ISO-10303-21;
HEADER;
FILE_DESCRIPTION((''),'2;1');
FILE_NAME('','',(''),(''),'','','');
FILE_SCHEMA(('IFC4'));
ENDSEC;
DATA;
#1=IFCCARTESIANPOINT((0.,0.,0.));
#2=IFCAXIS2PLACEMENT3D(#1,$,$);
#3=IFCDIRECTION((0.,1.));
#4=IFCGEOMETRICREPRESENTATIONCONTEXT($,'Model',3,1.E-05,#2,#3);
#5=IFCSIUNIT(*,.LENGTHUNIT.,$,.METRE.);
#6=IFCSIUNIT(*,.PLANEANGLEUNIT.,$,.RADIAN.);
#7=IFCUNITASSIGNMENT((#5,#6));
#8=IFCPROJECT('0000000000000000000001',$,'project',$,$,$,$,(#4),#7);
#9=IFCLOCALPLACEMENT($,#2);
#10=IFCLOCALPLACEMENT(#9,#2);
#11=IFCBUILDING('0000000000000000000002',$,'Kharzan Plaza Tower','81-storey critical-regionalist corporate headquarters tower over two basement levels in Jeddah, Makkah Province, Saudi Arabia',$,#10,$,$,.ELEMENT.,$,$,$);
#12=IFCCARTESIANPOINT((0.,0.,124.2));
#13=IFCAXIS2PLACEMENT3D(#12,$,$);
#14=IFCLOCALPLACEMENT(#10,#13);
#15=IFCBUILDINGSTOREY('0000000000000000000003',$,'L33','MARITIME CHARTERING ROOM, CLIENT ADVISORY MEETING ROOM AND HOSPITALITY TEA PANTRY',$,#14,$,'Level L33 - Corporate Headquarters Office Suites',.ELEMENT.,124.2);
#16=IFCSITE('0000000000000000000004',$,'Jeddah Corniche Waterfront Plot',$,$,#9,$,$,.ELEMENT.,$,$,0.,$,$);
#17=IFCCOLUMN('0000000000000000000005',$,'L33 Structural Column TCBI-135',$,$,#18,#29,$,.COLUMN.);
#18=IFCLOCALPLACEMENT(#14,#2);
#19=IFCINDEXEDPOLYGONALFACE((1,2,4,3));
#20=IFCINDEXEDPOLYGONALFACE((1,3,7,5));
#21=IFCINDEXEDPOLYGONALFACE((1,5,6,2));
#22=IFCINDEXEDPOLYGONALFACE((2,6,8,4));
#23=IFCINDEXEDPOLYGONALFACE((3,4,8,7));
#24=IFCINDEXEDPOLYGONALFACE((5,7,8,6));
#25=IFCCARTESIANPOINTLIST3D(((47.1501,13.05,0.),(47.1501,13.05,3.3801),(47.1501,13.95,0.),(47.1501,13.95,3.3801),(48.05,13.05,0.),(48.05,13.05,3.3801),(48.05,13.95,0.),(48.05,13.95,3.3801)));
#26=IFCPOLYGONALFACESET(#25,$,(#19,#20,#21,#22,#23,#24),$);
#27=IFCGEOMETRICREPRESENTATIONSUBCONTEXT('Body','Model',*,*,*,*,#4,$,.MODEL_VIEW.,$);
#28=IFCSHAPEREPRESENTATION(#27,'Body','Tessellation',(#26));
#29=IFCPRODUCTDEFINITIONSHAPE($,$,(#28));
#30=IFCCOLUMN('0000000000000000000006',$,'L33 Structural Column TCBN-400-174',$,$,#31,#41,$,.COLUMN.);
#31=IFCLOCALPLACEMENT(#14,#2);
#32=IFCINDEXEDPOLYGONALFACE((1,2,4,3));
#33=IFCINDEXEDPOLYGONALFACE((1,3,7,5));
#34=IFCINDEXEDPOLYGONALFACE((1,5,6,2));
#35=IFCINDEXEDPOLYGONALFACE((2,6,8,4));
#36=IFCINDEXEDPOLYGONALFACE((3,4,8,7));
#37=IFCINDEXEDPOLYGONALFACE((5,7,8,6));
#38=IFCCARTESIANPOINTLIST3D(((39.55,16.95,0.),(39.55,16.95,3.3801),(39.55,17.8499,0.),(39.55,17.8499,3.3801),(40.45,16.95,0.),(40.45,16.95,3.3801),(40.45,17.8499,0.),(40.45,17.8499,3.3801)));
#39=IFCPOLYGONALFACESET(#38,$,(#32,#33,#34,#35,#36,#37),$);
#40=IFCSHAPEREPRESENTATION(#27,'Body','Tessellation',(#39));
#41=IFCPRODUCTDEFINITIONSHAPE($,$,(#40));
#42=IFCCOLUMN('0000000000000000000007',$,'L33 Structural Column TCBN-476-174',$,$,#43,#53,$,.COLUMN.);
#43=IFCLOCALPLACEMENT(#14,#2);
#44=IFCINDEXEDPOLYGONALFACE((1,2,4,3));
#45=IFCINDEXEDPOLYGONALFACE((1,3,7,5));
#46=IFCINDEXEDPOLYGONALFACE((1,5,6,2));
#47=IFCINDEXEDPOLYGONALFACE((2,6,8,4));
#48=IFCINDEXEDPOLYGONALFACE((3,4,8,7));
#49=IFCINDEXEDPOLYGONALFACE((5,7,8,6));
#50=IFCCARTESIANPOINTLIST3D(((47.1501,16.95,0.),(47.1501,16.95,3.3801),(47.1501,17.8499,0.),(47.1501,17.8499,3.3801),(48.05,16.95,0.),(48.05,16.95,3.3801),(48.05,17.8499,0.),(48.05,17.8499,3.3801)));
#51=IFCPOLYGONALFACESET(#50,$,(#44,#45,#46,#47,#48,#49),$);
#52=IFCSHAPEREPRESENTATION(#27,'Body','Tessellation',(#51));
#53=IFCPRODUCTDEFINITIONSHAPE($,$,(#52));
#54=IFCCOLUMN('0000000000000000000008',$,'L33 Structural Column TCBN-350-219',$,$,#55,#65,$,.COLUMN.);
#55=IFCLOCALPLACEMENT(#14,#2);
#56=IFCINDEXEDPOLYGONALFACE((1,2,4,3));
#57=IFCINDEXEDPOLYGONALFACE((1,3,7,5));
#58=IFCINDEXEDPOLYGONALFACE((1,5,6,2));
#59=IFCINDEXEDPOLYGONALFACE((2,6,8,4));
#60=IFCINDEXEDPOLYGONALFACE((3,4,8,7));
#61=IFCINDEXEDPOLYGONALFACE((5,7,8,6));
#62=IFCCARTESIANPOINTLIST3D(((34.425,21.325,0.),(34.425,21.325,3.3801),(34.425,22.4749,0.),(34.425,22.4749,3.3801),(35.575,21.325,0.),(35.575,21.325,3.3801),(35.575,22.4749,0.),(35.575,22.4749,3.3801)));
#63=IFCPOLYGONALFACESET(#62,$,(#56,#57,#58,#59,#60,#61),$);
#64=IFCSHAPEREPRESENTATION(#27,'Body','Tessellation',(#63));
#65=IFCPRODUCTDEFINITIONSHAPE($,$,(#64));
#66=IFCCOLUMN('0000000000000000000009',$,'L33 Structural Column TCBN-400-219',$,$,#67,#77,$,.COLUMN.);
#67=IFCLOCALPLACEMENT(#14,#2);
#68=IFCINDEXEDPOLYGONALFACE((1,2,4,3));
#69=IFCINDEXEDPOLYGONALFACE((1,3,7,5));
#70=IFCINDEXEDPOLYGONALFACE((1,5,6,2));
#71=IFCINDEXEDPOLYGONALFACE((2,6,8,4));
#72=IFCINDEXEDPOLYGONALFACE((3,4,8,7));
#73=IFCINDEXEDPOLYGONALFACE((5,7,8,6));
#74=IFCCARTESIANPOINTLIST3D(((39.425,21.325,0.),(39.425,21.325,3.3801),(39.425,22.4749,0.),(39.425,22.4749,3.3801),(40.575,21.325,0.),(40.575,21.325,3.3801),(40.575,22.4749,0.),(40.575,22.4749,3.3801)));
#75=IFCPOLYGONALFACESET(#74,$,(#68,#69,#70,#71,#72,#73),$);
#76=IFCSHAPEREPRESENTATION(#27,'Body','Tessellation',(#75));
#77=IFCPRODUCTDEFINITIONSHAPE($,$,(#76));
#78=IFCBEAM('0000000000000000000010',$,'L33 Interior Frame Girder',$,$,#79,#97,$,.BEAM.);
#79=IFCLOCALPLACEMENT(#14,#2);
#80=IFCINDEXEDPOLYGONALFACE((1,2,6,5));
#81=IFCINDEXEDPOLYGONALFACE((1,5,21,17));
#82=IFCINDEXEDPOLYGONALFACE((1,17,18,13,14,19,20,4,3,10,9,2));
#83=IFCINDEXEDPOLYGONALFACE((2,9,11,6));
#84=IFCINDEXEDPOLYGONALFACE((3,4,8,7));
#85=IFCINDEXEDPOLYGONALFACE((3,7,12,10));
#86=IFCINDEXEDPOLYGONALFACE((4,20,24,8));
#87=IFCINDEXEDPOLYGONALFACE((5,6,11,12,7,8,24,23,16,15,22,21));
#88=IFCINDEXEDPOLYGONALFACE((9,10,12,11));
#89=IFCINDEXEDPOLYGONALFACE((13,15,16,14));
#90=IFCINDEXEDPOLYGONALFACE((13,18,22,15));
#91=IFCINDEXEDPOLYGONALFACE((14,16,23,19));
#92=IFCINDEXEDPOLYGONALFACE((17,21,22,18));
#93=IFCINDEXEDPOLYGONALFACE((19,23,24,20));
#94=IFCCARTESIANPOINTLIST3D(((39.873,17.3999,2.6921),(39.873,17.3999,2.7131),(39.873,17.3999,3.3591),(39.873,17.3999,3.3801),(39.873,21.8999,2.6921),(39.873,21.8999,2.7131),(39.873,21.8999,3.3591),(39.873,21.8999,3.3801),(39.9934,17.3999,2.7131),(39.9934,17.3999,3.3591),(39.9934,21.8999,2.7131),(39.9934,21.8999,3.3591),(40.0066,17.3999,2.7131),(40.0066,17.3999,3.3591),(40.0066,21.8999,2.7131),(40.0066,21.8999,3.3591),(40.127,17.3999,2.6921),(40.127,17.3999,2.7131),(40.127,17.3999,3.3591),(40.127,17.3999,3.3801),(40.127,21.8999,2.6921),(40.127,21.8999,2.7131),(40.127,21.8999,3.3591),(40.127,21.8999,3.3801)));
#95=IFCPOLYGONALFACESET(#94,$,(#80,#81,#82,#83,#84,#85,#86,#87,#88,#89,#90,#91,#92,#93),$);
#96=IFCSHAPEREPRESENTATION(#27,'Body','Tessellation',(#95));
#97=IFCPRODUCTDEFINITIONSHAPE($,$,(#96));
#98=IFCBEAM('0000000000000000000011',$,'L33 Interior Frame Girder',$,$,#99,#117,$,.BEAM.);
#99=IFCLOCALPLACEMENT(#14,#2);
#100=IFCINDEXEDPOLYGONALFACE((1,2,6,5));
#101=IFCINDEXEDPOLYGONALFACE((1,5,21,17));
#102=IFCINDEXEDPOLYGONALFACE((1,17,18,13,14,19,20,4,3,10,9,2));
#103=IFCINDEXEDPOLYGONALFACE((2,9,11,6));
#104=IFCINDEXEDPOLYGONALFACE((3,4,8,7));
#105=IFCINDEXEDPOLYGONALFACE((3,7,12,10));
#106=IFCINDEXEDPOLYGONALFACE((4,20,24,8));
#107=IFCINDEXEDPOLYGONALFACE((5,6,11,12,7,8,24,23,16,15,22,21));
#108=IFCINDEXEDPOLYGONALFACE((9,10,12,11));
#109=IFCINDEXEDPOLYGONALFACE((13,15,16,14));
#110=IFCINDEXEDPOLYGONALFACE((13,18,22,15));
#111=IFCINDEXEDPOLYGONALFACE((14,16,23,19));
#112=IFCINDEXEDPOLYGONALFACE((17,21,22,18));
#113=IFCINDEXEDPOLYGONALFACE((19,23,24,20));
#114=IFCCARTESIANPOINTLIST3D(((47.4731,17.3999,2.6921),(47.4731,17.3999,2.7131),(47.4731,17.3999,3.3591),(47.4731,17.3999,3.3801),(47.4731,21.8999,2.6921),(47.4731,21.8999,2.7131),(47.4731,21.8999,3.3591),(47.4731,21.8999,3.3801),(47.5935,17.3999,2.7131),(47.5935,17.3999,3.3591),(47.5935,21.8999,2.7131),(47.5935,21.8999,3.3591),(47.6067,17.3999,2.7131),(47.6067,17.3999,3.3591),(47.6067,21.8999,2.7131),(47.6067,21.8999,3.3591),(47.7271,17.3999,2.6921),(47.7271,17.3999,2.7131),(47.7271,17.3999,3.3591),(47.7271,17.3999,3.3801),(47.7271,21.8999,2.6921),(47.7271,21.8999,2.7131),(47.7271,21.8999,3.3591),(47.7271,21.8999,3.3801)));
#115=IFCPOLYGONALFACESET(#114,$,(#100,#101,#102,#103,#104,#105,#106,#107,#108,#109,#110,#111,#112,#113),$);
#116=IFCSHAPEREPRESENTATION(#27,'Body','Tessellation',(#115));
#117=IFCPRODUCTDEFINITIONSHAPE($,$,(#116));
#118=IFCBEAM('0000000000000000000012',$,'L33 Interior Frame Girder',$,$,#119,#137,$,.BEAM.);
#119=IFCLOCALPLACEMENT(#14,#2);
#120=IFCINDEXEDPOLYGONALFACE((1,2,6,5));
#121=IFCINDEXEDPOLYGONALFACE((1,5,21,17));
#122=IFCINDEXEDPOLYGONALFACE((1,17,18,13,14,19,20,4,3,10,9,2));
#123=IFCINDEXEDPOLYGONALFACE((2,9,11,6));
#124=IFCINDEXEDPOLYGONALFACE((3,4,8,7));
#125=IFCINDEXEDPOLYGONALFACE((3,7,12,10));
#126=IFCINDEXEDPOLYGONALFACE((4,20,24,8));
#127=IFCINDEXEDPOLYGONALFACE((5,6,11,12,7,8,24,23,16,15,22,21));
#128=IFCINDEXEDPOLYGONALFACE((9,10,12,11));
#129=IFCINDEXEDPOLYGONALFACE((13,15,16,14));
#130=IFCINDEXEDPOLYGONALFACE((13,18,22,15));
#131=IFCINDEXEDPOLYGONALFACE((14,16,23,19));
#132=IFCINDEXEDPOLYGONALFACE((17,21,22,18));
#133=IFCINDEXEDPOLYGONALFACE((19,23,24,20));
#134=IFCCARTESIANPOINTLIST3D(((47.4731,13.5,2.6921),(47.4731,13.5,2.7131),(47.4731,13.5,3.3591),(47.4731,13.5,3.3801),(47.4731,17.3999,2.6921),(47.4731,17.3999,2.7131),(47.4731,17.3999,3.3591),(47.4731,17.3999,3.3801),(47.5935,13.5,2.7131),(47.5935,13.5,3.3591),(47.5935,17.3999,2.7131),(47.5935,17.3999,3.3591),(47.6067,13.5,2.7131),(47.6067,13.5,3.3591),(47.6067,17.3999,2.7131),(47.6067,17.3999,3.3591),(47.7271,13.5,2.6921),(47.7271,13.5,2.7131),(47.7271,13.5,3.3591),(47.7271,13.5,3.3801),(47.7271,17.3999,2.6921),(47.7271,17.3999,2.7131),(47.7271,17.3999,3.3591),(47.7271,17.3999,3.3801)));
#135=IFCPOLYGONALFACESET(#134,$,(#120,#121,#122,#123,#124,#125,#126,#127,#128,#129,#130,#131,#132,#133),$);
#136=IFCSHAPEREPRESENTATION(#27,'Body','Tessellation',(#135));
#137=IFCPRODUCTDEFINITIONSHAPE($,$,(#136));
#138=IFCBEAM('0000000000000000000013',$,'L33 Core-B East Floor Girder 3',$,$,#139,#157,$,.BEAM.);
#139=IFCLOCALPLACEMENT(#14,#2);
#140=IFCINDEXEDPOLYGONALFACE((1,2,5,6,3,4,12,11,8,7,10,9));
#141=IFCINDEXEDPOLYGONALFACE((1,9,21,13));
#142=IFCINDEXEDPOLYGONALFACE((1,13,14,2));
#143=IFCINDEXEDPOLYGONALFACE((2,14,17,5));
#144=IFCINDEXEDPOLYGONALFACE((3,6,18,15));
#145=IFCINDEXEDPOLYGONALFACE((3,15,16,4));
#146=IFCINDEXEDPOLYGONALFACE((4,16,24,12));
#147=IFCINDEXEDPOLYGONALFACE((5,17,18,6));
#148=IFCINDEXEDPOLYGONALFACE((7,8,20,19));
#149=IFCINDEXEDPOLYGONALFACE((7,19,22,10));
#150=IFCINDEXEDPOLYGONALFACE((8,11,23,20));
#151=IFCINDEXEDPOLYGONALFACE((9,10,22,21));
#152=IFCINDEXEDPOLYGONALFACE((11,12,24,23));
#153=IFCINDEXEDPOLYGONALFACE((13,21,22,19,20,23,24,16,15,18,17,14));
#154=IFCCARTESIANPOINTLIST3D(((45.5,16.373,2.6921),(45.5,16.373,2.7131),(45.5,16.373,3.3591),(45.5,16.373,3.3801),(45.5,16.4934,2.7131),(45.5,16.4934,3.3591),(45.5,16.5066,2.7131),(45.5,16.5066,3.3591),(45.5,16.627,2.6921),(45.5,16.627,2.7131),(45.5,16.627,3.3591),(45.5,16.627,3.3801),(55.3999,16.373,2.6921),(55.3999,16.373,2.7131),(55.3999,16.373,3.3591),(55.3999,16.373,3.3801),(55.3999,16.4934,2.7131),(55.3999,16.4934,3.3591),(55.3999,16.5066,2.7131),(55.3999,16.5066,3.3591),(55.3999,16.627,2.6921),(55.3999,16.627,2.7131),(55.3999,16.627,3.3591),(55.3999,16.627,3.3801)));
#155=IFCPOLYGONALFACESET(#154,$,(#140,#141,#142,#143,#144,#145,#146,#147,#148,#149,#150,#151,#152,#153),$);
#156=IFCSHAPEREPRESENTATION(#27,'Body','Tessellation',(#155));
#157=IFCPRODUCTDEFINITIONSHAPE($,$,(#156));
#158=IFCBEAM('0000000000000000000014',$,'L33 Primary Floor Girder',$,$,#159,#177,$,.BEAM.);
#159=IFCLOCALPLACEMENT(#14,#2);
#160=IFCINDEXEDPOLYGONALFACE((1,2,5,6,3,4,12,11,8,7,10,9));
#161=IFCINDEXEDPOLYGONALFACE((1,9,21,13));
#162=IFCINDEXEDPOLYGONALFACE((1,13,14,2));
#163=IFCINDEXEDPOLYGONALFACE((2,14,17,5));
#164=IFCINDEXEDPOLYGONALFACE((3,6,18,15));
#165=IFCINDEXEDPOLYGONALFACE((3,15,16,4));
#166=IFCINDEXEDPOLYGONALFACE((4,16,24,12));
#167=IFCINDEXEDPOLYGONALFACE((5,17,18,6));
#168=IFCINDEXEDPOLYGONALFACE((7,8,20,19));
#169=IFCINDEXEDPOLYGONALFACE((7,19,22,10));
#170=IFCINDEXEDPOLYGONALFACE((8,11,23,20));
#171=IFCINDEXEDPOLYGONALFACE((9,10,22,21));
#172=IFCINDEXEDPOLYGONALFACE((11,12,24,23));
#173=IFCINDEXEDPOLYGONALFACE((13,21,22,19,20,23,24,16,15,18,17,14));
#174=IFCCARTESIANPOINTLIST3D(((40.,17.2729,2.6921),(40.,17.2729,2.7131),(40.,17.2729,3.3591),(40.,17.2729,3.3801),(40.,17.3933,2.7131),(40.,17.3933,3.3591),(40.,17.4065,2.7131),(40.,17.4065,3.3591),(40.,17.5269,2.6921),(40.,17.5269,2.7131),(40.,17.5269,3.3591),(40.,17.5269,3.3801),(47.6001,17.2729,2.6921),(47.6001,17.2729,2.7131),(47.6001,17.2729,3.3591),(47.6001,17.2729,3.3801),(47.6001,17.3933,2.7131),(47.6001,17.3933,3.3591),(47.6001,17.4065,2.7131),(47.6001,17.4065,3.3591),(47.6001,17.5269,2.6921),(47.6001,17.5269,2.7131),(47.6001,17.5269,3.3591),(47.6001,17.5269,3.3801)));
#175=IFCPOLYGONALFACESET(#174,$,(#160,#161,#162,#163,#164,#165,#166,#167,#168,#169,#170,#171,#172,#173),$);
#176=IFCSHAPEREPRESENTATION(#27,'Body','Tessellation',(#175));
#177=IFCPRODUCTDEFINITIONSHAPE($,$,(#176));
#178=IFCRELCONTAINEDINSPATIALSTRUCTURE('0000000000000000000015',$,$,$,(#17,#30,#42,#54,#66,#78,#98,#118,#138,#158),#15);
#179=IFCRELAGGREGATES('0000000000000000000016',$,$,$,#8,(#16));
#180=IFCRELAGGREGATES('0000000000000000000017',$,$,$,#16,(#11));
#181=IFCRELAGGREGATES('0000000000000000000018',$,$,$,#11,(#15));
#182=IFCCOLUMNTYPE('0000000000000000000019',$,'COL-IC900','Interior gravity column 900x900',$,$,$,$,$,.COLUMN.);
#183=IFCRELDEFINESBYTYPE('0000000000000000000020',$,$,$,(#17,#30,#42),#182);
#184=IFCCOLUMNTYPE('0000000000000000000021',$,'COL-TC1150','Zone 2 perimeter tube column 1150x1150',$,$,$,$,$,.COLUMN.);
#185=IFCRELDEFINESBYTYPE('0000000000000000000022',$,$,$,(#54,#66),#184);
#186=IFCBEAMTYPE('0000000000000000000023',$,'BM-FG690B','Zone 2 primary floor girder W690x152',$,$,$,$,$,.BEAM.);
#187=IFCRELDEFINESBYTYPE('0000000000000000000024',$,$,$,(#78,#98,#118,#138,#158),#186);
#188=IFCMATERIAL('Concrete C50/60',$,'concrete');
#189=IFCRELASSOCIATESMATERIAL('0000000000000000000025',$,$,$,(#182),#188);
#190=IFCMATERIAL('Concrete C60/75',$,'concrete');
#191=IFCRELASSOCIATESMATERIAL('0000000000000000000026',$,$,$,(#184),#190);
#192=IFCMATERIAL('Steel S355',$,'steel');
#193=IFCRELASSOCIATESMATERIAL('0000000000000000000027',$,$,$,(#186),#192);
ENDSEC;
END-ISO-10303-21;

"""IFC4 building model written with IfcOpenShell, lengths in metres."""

from ifc_helpers import new_model, si_unit, direction, frame, origin, origin_2d, place, context, subcontext, project, spatial, rectangle, i_section, extrude, source, transform, mapped, material, material_profile, profile_set, type_object, element, save


model = new_model("IFC4")

# Units and contexts
model_context = context("Model", 3, precision=1e-05, world=origin(), true_north=direction((0.0, 1.0)))
body_context = subcontext(model_context, "Body", "Model", "MODEL_VIEW")
ifc_project = project(units=[si_unit("LENGTHUNIT", "METRE"), si_unit("PLANEANGLEUNIT", "RADIAN")], contexts=[model_context])

# Site, building, storey
site_placement = place(None, origin())
site = spatial("IfcSite", under=ifc_project, at=site_placement, Name="Jeddah Corniche Waterfront Plot", CompositionType="ELEMENT", RefElevation=0.0)
building_placement = place(site_placement, origin())
building = spatial("IfcBuilding", under=site, at=building_placement, Name="Kharzan Plaza Tower", Description="81-storey critical-regionalist corporate headquarters tower over two basement levels in Jeddah, Makkah Province, Saudi Arabia", CompositionType="ELEMENT")
storey_placement = place(building_placement, frame((0.0, 0.0, 124.2)))
storey = spatial("IfcBuildingStorey", under=building, at=storey_placement, Name="L33", Description="MARITIME CHARTERING ROOM, CLIENT ADVISORY MEETING ROOM AND HOSPITALITY TEA PANTRY", LongName="Level L33 - Corporate Headquarters Office Suites", CompositionType="ELEMENT", Elevation=124.2)

# Columns
ifc_material_1 = material(Name="Concrete C50/60", Category="concrete")
ifc_material_profile_1 = material_profile(ifc_material_1, rectangle(XDim=0.8999, YDim=0.8999, at=origin_2d()), Name="RC-IC900x900")
ifc_profile_set_1 = profile_set([ifc_material_profile_1], Name="Concrete C50/60")
column_type_1 = type_object("IfcColumnType", Name="COL-IC900", Description="Interior gravity column 900x900", PredefinedType="COLUMN", material=ifc_profile_set_1)
shared_shape_1 = source(origin(), body_context, "Body", "SweptSolid", [
    extrude(rectangle(XDim=0.8999, YDim=0.8999, at=origin_2d()), origin(), (0.0, 0.0, 1.0), 3.3801),
])
for number, where, z_axis, x_axis, name in (
    (1, (47.6001, 13.5, 0.0), (0.0, 0.0, 1.0), (1.0, 0.0, 0.0), "L33 Structural Column TCBI-135"),
    (2, (40.0, 17.3999, 0.0), (0.0, 0.0, 1.0), (1.0, 0.0, 0.0), "L33 Structural Column TCBN-400-174"),
    (3, (47.6001, 17.3999, 0.0), (0.0, 0.0, 1.0), (1.0, 0.0, 0.0), "L33 Structural Column TCBN-476-174"),
):
    element("IfcColumn", number, at=place(storey_placement, frame(where, z_axis=z_axis, x_axis=x_axis)), inside=storey, type_object=column_type_1, Name=name, PredefinedType="COLUMN", context=body_context, shape_type="MappedRepresentation", body=[
        mapped(shared_shape_1, transform((0.0, 0.0, 0.0), x_axis=(1.0, 0.0, 0.0), y_axis=(0.0, 1.0, 0.0), z_axis=(0.0, 0.0, 1.0))),
    ])
ifc_material_2 = material(Name="Concrete C60/75", Category="concrete")
ifc_material_profile_2 = material_profile(ifc_material_2, rectangle(XDim=1.1499, YDim=1.1499, at=origin_2d()), Name="RC-TC1150x1150")
ifc_profile_set_2 = profile_set([ifc_material_profile_2], Name="Concrete C60/75")
column_type_2 = type_object("IfcColumnType", Name="COL-TC1150", Description="Zone 2 perimeter tube column 1150x1150", PredefinedType="COLUMN", material=ifc_profile_set_2)
shared_shape_2 = source(origin(), body_context, "Body", "SweptSolid", [
    extrude(rectangle(XDim=1.1499, YDim=1.1499, at=origin_2d()), origin(), (0.0, 0.0, 1.0), 3.3801),
])
for number, where, z_axis, x_axis, name in (
    (4, (35.0, 21.8999, 0.0), (0.0, 0.0, 1.0), (1.0, 0.0, 0.0), "L33 Structural Column TCBN-350-219"),
    (5, (40.0, 21.8999, 0.0), (0.0, 0.0, 1.0), (1.0, 0.0, 0.0), "L33 Structural Column TCBN-400-219"),
):
    element("IfcColumn", number, at=place(storey_placement, frame(where, z_axis=z_axis, x_axis=x_axis)), inside=storey, type_object=column_type_2, Name=name, PredefinedType="COLUMN", context=body_context, shape_type="MappedRepresentation", body=[
        mapped(shared_shape_2, transform((0.0, 0.0, 0.0), x_axis=(1.0, 0.0, 0.0), y_axis=(0.0, 1.0, 0.0), z_axis=(0.0, 0.0, 1.0))),
    ])

# Beams
ifc_material_3 = material(Name="Steel S355", Category="steel")
ifc_material_profile_3 = material_profile(ifc_material_3, i_section(OverallWidth=0.2539, OverallDepth=0.688, WebThickness=0.0132, FlangeThickness=0.021, at=origin_2d()), Name="W690x152")
ifc_profile_set_3 = profile_set([ifc_material_profile_3], Name="Steel S355")
beam_type_1 = type_object("IfcBeamType", Name="BM-FG690B", Description="Zone 2 primary floor girder W690x152", PredefinedType="BEAM", material=ifc_profile_set_3)
shared_shape_3 = source(origin(), body_context, "Body", "SweptSolid", [
    extrude(i_section(OverallWidth=0.2539, OverallDepth=0.688, WebThickness=0.0132, FlangeThickness=0.021, at=origin_2d()), origin(), (0.0, 0.0, 1.0), 4.5),
])
for number, where, z_axis, x_axis, name in (
    (6, (40.0, 17.3999, 3.0361), (0.0, 1.0, 0.0), (-1.0, 0.0, 0.0), "L33 Interior Frame Girder"),
    (7, (47.6001, 17.3999, 3.0361), (0.0, 1.0, 0.0), (-1.0, 0.0, 0.0), "L33 Interior Frame Girder"),
):
    element("IfcBeam", number, at=place(storey_placement, frame(where, z_axis=z_axis, x_axis=x_axis)), inside=storey, type_object=beam_type_1, Name=name, PredefinedType="BEAM", context=body_context, shape_type="MappedRepresentation", body=[
        mapped(shared_shape_3, transform((0.0, 0.0, 0.0), x_axis=(1.0, 0.0, 0.0), y_axis=(0.0, 1.0, 0.0), z_axis=(0.0, 0.0, 1.0))),
    ])
shared_shape_4 = source(origin(), body_context, "Body", "SweptSolid", [
    extrude(i_section(OverallWidth=0.2539, OverallDepth=0.688, WebThickness=0.0132, FlangeThickness=0.021, at=origin_2d()), origin(), (0.0, 0.0, 1.0), 3.8999),
])
beam_1_placement = place(storey_placement, frame((47.6001, 13.5, 3.0361), z_axis=(0.0, 1.0, 0.0), x_axis=(-1.0, 0.0, 0.0)))
element("IfcBeam", 8, at=beam_1_placement, inside=storey, type_object=beam_type_1, Name="L33 Interior Frame Girder", PredefinedType="BEAM", context=body_context, shape_type="MappedRepresentation", body=[
    mapped(shared_shape_4, transform((0.0, 0.0, 0.0), x_axis=(1.0, 0.0, 0.0), y_axis=(0.0, 1.0, 0.0), z_axis=(0.0, 0.0, 1.0))),
])
shared_shape_5 = source(origin(), body_context, "Body", "SweptSolid", [
    extrude(i_section(OverallWidth=0.2539, OverallDepth=0.688, WebThickness=0.0132, FlangeThickness=0.021, at=origin_2d()), origin(), (0.0, 0.0, 1.0), 9.8999),
])
beam_2_placement = place(storey_placement, frame((45.5, 16.5, 3.0361), z_axis=(1.0, 0.0, 0.0), x_axis=(0.0, 1.0, 0.0)))
element("IfcBeam", 9, at=beam_2_placement, inside=storey, type_object=beam_type_1, Name="L33 Core-B East Floor Girder 3", PredefinedType="BEAM", context=body_context, shape_type="MappedRepresentation", body=[
    mapped(shared_shape_5, transform((0.0, 0.0, 0.0), x_axis=(1.0, 0.0, 0.0), y_axis=(0.0, 1.0, 0.0), z_axis=(0.0, 0.0, 1.0))),
])
shared_shape_6 = source(origin(), body_context, "Body", "SweptSolid", [
    extrude(i_section(OverallWidth=0.2539, OverallDepth=0.688, WebThickness=0.0132, FlangeThickness=0.021, at=origin_2d()), origin(), (0.0, 0.0, 1.0), 7.6001),
])
beam_3_placement = place(storey_placement, frame((40.0, 17.3999, 3.0361), z_axis=(1.0, 0.0, 0.0), x_axis=(0.0, 1.0, 0.0)))
element("IfcBeam", 10, at=beam_3_placement, inside=storey, type_object=beam_type_1, Name="L33 Primary Floor Girder", PredefinedType="BEAM", context=body_context, shape_type="MappedRepresentation", body=[
    mapped(shared_shape_6, transform((0.0, 0.0, 0.0), x_axis=(1.0, 0.0, 0.0), y_axis=(0.0, 1.0, 0.0), z_axis=(0.0, 0.0, 1.0))),
])

save(model, "model.ifc")
